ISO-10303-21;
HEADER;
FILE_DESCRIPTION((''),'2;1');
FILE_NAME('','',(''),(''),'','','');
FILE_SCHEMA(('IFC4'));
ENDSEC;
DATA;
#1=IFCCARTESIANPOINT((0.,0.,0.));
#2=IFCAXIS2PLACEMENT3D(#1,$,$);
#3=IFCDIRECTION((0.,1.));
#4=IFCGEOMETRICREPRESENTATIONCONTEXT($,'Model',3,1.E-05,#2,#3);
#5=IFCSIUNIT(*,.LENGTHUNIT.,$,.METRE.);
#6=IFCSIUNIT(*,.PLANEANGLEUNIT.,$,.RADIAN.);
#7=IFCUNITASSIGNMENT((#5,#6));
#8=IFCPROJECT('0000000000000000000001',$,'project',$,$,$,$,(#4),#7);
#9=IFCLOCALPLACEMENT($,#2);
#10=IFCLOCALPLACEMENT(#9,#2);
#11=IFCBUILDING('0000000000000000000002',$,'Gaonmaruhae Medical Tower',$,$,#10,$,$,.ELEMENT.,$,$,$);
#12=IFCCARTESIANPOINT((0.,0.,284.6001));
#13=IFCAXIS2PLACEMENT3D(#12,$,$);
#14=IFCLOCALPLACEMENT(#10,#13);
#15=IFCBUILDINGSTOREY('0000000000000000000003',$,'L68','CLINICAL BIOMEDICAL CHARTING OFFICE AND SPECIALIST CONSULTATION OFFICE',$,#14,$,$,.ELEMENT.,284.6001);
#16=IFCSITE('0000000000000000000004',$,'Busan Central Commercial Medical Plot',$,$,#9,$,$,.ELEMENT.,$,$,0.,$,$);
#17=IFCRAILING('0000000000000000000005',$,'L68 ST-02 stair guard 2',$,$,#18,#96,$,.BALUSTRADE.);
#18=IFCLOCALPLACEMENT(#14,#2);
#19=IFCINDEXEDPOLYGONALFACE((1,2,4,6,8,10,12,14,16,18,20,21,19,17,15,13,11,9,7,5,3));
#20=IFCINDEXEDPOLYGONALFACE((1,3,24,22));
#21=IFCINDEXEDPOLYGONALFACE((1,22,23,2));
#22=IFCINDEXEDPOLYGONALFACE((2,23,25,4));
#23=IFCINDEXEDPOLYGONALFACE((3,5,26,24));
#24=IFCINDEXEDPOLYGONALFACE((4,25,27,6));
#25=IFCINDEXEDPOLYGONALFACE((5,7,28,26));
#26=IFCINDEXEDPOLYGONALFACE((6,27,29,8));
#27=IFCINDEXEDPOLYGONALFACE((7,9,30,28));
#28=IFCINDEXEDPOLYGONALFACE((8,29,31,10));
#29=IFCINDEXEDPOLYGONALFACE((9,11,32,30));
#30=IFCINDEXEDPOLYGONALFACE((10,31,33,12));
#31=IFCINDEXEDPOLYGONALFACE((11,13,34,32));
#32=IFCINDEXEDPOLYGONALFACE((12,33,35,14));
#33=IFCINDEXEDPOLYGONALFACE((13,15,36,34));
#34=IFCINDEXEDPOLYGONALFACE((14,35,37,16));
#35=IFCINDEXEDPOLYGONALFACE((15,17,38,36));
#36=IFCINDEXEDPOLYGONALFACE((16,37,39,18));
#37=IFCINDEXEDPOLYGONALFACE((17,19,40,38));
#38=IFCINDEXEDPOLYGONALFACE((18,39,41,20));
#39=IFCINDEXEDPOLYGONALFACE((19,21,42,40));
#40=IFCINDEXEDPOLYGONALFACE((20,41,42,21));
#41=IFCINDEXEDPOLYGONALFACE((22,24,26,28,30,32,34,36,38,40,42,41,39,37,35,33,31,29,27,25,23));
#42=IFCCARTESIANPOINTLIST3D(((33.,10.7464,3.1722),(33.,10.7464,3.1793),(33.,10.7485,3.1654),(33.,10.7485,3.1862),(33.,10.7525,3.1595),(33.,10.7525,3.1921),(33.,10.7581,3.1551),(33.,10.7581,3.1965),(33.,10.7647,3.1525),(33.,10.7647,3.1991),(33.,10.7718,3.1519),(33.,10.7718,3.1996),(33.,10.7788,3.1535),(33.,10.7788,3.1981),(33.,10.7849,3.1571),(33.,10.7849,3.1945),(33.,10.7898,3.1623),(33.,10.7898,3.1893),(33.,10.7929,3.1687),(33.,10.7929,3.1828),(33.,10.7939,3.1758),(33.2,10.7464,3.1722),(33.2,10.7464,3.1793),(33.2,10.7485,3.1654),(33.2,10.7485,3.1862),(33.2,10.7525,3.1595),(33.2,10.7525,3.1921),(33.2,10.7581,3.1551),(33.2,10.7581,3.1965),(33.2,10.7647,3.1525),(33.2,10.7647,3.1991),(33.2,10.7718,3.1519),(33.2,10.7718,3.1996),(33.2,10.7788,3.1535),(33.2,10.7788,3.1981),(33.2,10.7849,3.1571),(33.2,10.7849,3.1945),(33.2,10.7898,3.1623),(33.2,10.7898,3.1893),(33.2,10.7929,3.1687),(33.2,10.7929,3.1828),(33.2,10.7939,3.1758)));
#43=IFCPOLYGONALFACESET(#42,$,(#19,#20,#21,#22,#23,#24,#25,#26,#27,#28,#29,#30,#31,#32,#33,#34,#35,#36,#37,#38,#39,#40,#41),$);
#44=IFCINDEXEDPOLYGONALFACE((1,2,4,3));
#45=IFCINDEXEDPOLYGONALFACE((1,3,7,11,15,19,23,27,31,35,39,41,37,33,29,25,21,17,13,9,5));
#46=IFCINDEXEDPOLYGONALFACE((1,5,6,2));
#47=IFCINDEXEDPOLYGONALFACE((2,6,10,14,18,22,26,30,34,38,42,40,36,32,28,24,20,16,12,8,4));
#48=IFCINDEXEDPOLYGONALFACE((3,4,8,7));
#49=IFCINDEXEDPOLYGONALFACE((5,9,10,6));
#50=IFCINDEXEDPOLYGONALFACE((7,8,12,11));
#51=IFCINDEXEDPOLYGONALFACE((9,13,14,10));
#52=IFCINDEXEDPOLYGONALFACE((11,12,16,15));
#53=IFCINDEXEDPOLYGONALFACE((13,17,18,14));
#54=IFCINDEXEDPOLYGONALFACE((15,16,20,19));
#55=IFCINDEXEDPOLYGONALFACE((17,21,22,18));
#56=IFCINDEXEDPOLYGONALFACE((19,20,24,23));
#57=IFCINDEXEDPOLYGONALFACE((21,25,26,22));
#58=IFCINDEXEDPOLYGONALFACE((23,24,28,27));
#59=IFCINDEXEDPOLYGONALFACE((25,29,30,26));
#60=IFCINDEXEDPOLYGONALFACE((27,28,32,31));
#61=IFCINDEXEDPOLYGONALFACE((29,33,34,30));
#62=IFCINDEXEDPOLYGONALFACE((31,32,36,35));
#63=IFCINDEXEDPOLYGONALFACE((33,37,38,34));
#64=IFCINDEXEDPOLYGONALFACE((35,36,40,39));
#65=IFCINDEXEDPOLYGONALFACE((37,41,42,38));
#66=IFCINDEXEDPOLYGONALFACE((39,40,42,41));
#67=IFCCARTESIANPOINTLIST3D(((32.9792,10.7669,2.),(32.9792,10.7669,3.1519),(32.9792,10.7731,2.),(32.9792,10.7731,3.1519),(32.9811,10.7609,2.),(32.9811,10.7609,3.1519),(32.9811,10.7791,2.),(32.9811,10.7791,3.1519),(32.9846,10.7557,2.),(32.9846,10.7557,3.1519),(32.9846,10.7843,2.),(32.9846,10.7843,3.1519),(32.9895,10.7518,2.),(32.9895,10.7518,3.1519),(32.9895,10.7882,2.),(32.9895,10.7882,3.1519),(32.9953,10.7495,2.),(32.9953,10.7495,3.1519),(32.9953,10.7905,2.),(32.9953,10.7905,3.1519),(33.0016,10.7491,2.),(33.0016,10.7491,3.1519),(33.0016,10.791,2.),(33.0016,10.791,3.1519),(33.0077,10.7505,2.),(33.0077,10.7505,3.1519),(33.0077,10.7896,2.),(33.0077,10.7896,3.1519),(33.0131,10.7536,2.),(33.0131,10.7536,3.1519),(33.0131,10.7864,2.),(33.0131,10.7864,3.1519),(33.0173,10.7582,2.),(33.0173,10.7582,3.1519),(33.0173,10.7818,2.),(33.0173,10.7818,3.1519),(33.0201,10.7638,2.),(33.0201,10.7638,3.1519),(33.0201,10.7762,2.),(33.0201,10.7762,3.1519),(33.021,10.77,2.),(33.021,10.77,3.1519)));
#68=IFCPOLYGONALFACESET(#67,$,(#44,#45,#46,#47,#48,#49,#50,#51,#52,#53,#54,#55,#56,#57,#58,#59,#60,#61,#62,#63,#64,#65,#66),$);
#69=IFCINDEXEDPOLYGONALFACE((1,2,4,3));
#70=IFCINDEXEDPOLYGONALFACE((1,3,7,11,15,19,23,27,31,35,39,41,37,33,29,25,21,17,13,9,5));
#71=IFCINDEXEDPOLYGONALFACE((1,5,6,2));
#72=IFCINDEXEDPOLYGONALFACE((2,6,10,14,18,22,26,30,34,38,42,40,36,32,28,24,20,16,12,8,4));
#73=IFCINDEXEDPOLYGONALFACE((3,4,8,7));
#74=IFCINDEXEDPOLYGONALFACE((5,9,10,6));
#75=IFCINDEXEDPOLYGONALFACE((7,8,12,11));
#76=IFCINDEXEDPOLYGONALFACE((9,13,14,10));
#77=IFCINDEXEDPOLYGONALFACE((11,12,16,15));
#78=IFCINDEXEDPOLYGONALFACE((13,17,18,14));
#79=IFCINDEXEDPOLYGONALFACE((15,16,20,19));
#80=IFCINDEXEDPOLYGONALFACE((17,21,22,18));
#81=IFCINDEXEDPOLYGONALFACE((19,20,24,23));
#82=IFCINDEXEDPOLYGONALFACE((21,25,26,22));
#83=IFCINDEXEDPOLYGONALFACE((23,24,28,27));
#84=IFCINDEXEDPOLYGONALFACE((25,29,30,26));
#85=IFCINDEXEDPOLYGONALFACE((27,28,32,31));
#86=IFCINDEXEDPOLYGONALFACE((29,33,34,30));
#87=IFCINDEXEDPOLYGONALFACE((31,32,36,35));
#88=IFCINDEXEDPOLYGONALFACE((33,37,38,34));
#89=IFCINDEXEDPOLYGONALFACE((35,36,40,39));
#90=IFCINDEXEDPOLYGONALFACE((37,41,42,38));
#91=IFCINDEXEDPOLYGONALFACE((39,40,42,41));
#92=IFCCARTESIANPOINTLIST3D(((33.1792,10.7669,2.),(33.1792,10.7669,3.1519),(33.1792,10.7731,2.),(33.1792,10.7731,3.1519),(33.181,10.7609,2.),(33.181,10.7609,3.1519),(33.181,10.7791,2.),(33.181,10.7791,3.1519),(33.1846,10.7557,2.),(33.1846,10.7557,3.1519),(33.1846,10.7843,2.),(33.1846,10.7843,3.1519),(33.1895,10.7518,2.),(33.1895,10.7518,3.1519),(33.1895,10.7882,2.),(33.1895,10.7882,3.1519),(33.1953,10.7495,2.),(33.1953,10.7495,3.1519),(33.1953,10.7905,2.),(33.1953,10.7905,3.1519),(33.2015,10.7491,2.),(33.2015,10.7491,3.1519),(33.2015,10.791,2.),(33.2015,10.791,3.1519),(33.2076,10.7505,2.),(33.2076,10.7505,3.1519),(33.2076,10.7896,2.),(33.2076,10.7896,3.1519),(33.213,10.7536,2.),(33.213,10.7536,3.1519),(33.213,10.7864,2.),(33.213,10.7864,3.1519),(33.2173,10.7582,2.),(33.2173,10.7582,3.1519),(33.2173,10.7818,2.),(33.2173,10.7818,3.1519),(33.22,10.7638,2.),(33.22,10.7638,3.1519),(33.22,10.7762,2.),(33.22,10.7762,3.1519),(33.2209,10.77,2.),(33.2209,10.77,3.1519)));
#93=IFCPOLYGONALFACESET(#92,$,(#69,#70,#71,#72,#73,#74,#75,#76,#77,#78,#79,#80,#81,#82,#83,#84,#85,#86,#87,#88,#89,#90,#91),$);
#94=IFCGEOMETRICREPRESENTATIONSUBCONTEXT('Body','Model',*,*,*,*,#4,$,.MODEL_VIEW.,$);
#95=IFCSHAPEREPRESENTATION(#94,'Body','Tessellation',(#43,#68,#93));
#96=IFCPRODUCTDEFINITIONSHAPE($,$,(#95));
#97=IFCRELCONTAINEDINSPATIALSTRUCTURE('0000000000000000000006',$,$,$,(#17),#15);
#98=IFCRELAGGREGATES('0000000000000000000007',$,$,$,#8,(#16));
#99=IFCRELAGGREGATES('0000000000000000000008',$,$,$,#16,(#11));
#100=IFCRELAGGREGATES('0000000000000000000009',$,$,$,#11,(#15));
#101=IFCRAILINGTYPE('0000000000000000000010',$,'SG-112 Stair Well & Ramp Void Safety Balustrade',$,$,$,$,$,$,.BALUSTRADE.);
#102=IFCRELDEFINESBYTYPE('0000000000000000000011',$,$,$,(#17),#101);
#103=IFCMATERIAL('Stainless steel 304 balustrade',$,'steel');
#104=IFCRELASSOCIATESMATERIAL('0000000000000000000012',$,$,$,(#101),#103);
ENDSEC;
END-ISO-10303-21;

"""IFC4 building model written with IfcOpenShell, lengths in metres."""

from ifc_helpers import new_model, si_unit, direction, frame, origin, origin_2d, place, context, subcontext, project, spatial, circle, extrude, material, type_object, element, save


model = new_model("IFC4")

# Units and contexts
model_context = context("Model", 3, precision=1e-05, world=origin(), true_north=direction((0.0, 1.0)))
body_context = subcontext(model_context, "Body", "Model", "MODEL_VIEW")
ifc_project = project(units=[si_unit("LENGTHUNIT", "METRE"), si_unit("PLANEANGLEUNIT", "RADIAN")], contexts=[model_context])

# Site, building, storey
site_placement = place(None, origin())
site = spatial("IfcSite", under=ifc_project, at=site_placement, Name="Busan Central Commercial Medical Plot", CompositionType="ELEMENT", RefElevation=0.0)
building_placement = place(site_placement, origin())
building = spatial("IfcBuilding", under=site, at=building_placement, Name="Gaonmaruhae Medical Tower", CompositionType="ELEMENT")
storey_placement = place(building_placement, frame((0.0, 0.0, 284.6001)))
storey = spatial("IfcBuildingStorey", under=building, at=storey_placement, Name="L68", Description="CLINICAL BIOMEDICAL CHARTING OFFICE AND SPECIALIST CONSULTATION OFFICE", CompositionType="ELEMENT", Elevation=284.6001)

# Railing
ifc_material_1 = material(Name="Stainless steel 304 balustrade", Category="steel")
railing_type_1 = type_object("IfcRailingType", Name="SG-112 Stair Well & Ramp Void Safety Balustrade", PredefinedType="BALUSTRADE", material=ifc_material_1)
railing_1_placement = place(storey_placement, frame((33.0, 10.77, 2.0)))
element("IfcRailing", 1, at=railing_1_placement, inside=storey, type_object=railing_type_1, Name="L68 ST-02 stair guard 2", PredefinedType="BALUSTRADE", context=body_context, shape_type="SweptSolid", body=[
    extrude(circle(Radius=0.0239, at=origin_2d()), frame((0.0, 0.0, 1.1758), z_axis=(1.0, 0.0, 0.0), x_axis=(0.0, 1.0, 0.0)), (0.0, 0.0, 1.0), 0.2),
    extrude(circle(Radius=0.021, at=origin_2d()), origin(), (0.0, 0.0, 1.0), 1.1519),
    extrude(circle(Radius=0.021, at=origin_2d()), frame((0.2, 0.0, 0.0)), (0.0, 0.0, 1.0), 1.1519),
])

save(model, "model.ifc")
